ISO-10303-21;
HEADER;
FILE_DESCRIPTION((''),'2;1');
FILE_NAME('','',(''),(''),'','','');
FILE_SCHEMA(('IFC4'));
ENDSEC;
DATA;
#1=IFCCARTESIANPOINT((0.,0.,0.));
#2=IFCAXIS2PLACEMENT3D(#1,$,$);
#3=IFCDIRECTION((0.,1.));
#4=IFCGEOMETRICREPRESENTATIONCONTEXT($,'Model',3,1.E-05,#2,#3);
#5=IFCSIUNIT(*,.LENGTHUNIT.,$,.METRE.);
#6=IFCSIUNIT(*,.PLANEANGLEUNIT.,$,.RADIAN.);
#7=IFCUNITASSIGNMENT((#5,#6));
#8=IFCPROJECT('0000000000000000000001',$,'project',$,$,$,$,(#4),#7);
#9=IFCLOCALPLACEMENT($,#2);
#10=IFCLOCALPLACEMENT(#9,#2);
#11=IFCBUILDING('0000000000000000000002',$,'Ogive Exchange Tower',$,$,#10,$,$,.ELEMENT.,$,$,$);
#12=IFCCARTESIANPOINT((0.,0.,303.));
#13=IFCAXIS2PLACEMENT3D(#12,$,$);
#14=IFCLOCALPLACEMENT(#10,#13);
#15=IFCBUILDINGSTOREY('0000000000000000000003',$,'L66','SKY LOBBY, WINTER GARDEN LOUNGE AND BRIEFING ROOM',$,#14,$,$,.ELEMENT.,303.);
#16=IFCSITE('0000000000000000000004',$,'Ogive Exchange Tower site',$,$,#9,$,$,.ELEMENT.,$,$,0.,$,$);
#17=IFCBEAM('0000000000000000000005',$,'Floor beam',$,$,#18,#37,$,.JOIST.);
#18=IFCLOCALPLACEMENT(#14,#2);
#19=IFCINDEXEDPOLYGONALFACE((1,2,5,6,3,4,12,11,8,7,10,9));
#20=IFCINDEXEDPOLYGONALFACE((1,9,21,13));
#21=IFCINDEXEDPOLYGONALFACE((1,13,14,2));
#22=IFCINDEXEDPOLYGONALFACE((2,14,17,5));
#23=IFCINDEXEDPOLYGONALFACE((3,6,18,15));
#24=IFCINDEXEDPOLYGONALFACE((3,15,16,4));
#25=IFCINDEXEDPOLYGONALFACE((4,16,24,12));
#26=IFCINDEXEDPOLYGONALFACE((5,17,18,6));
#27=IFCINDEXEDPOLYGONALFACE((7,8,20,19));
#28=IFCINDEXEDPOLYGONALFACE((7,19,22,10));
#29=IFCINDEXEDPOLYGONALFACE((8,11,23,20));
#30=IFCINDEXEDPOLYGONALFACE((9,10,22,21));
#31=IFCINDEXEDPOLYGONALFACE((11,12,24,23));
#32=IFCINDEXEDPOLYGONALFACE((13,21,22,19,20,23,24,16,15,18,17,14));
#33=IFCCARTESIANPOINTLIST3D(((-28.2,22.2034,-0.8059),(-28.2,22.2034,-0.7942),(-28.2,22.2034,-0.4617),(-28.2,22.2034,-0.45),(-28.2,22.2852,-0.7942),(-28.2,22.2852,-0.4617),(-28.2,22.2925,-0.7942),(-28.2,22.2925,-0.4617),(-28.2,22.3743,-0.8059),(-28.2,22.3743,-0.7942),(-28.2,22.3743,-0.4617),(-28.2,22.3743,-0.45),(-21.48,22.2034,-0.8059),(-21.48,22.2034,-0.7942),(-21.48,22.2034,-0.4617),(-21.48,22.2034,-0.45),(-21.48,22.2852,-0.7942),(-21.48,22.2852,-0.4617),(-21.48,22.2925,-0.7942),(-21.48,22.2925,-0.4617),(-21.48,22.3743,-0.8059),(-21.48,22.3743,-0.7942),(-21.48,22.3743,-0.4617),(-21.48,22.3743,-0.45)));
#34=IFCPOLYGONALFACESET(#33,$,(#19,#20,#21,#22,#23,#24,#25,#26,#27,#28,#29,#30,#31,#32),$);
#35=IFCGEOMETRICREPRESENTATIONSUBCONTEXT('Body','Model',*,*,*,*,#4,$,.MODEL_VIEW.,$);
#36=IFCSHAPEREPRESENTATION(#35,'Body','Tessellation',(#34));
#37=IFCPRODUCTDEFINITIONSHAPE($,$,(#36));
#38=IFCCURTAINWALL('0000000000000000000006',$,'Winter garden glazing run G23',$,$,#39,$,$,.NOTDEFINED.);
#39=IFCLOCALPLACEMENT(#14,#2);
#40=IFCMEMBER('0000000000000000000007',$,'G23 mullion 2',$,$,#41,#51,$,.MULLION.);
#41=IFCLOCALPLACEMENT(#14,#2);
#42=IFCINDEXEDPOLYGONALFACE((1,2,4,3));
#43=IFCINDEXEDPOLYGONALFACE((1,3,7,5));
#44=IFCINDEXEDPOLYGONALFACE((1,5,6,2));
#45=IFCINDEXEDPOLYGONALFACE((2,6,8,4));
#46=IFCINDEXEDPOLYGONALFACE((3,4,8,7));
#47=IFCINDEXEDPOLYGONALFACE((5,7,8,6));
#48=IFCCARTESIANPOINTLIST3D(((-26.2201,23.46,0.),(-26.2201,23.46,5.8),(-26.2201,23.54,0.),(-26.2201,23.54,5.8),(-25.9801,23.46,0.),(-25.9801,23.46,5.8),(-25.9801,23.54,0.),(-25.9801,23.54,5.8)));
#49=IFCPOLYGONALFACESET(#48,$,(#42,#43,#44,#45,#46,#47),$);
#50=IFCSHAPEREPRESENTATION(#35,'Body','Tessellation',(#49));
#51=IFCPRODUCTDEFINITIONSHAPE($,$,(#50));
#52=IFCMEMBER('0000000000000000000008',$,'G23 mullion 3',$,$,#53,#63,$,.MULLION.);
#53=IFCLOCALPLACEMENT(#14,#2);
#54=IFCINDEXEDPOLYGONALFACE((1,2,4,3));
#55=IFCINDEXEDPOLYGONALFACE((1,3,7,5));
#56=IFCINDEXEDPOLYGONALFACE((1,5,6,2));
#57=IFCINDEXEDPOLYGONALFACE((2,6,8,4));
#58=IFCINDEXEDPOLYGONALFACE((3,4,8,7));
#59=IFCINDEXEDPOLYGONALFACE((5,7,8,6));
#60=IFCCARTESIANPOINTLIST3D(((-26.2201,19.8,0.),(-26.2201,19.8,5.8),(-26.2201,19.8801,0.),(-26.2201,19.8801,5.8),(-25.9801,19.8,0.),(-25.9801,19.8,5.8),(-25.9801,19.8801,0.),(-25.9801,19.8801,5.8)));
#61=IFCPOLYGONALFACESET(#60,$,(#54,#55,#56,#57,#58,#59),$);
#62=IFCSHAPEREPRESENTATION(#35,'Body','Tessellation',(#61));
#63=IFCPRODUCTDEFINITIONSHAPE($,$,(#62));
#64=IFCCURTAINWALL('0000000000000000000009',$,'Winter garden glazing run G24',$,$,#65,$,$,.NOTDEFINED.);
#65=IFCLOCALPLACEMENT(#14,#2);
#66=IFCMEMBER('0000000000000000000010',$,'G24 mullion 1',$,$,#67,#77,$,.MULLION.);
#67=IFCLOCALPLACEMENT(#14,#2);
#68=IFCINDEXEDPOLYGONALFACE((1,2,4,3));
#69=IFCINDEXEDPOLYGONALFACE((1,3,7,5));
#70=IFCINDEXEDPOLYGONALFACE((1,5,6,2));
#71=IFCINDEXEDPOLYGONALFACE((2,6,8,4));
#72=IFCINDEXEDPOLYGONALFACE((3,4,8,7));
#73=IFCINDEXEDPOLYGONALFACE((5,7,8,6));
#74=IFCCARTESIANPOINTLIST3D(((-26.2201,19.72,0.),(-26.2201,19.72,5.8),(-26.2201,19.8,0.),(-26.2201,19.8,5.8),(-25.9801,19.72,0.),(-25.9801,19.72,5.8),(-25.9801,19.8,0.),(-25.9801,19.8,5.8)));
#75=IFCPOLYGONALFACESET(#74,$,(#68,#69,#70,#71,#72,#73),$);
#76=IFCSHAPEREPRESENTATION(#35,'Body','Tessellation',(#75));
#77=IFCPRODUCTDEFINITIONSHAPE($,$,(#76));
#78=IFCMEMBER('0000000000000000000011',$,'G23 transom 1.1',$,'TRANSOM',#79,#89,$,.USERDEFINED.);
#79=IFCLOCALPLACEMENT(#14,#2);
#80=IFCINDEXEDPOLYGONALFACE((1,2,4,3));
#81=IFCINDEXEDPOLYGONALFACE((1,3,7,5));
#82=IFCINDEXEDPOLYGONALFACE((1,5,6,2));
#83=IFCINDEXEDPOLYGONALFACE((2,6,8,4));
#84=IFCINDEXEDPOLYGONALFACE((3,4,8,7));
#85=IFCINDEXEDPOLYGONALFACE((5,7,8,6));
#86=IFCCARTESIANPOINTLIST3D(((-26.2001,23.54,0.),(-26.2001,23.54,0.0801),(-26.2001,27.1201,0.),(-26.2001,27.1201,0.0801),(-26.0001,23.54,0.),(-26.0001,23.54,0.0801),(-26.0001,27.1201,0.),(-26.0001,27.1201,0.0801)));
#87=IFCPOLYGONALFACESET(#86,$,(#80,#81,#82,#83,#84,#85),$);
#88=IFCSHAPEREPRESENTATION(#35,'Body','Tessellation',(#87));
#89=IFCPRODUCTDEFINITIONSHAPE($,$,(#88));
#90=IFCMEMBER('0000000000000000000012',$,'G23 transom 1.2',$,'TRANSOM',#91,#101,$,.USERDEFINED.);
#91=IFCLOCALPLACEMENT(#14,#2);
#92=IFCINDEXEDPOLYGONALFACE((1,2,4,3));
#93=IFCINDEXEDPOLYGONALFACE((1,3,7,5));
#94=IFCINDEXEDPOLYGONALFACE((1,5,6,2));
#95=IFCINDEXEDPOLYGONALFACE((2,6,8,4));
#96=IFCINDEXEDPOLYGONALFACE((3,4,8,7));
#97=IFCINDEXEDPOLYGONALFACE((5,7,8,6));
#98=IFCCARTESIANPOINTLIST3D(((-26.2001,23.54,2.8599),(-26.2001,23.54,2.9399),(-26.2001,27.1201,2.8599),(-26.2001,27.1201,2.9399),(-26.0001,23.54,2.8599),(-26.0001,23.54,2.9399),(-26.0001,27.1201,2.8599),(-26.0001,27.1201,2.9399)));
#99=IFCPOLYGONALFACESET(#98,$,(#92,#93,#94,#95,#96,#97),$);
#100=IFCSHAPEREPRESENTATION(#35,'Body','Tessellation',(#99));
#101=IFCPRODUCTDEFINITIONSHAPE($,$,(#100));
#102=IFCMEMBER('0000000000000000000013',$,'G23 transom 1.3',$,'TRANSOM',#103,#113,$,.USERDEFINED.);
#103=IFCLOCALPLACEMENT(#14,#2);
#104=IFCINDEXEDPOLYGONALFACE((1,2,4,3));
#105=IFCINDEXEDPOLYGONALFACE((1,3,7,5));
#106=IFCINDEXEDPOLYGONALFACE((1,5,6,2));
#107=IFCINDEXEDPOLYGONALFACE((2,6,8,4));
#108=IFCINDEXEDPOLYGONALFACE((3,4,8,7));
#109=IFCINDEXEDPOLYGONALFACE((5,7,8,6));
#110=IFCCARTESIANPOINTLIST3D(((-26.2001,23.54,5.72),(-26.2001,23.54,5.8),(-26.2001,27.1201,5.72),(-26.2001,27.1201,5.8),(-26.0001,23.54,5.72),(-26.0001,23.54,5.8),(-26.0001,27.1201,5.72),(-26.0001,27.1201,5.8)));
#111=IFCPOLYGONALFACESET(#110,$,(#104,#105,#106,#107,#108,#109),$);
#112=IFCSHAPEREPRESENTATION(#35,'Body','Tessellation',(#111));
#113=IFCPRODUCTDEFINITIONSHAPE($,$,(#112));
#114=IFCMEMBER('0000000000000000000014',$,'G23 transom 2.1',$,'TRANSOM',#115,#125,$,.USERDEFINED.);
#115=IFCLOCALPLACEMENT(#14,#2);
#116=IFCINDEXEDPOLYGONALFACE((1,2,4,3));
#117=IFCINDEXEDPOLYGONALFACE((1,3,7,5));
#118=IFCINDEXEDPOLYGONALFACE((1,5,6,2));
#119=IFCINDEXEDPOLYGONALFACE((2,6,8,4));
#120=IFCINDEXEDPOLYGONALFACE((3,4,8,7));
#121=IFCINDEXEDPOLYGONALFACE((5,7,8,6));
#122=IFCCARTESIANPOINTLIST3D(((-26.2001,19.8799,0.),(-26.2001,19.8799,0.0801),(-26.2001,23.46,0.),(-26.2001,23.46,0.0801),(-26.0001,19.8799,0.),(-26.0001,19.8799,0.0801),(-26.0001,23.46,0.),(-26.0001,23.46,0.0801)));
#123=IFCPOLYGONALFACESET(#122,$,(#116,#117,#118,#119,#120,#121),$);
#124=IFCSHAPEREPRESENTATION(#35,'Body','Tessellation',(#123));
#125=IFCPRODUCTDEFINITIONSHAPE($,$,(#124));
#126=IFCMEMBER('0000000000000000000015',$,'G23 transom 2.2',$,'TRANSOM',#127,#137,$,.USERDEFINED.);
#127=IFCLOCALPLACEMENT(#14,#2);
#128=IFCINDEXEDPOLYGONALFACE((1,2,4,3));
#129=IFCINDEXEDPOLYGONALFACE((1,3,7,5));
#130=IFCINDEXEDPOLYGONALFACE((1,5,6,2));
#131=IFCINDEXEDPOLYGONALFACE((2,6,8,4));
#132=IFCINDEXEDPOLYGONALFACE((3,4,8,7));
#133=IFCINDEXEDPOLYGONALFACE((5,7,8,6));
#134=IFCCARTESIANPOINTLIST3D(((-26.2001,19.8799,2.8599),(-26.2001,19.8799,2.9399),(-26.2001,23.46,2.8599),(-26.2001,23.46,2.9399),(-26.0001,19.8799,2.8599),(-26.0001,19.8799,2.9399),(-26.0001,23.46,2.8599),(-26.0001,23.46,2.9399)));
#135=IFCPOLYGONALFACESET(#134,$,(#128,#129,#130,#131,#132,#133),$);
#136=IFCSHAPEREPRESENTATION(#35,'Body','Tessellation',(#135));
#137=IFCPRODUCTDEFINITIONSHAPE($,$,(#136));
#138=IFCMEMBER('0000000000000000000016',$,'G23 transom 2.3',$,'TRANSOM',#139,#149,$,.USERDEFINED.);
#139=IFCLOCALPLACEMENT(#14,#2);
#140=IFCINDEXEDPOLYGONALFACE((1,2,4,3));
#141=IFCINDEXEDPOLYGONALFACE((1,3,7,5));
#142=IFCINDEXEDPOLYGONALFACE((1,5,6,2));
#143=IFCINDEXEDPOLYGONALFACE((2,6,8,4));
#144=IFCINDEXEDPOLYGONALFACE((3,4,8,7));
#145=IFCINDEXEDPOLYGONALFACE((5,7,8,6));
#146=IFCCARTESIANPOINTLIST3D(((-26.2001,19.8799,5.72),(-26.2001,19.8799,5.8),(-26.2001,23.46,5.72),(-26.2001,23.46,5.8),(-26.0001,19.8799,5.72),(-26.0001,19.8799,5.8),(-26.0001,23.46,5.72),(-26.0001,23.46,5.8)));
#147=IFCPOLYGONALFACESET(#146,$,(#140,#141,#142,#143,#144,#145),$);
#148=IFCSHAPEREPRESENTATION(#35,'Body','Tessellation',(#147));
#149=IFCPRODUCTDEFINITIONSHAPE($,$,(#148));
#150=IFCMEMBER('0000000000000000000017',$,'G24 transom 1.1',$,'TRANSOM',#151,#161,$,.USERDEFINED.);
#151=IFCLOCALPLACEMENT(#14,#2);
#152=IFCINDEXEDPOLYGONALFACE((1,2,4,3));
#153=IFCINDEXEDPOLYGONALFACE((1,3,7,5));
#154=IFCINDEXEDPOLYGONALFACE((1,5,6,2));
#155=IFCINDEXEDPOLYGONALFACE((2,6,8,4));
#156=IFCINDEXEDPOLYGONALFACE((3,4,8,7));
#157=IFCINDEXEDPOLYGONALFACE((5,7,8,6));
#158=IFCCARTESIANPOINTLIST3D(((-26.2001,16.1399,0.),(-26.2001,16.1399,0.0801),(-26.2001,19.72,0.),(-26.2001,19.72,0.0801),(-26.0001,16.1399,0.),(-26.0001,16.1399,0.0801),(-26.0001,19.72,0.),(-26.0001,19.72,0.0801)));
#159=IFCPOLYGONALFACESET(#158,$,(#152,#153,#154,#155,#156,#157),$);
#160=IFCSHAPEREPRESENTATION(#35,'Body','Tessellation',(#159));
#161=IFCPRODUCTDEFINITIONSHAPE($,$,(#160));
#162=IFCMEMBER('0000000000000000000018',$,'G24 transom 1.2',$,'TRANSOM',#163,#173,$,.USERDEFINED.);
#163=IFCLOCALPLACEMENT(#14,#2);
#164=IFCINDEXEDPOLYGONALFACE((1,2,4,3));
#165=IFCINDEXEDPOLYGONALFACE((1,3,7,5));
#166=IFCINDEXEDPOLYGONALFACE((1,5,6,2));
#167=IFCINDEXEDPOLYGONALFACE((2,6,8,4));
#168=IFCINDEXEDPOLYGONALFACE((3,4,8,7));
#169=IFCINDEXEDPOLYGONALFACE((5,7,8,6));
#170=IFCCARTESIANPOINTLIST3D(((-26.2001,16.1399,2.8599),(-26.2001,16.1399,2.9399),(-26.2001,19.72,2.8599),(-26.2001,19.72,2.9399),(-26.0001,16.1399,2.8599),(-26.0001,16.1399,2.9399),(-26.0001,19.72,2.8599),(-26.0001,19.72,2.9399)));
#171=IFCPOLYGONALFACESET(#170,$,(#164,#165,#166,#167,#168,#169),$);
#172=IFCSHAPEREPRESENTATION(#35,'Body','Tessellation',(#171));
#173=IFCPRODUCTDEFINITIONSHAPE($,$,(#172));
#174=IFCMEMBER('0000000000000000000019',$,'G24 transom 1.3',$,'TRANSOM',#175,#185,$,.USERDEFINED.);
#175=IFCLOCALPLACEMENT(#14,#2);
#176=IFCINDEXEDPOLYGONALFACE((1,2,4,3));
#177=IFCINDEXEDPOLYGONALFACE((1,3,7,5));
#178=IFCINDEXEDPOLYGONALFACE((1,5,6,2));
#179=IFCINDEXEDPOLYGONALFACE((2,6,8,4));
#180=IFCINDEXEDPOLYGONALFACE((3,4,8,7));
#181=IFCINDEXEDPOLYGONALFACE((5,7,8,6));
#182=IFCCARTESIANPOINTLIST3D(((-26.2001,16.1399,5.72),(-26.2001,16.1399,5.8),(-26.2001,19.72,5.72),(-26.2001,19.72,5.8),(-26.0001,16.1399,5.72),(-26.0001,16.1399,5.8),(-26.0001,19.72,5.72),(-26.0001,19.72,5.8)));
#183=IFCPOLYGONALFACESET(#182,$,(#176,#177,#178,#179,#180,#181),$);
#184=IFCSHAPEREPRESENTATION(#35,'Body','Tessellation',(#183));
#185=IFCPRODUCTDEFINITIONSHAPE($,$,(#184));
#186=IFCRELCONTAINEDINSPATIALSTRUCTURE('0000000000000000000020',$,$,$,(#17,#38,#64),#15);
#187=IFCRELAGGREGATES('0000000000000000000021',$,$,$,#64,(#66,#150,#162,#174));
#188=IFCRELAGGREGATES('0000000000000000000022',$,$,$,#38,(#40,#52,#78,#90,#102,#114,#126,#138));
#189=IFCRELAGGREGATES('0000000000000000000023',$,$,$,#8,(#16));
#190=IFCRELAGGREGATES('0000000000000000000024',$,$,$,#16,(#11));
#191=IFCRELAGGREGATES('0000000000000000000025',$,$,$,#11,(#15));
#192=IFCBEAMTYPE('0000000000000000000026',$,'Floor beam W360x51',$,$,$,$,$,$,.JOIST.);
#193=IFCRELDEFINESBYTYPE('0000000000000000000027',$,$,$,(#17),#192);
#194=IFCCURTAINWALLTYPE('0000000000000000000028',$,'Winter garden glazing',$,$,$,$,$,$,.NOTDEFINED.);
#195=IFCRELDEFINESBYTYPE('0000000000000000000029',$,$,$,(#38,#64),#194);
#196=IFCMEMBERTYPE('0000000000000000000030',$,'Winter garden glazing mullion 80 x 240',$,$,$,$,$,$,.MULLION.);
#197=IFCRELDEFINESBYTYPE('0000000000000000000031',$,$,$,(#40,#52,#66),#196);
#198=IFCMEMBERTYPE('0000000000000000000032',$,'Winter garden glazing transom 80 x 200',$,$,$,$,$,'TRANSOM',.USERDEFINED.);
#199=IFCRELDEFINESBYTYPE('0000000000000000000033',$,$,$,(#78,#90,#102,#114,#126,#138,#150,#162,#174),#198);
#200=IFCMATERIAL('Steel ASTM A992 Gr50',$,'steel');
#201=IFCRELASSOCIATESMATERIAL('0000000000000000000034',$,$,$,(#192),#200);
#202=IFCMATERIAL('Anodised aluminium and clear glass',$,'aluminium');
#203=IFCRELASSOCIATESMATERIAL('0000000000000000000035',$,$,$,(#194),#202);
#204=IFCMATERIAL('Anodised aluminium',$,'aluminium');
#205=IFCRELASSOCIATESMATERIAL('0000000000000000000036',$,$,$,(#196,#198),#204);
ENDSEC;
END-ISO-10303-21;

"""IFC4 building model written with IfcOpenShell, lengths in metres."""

from ifc_helpers import new_model, si_unit, direction, frame, origin, origin_2d, place, context, subcontext, project, spatial, rectangle, i_section, extrude, material, material_profile, profile_set, type_object, element, aggregate, save


model = new_model("IFC4")

# Units and contexts
model_context = context("Model", 3, precision=1e-05, world=origin(), true_north=direction((0.0, 1.0)))
body_context = subcontext(model_context, "Body", "Model", "MODEL_VIEW")
ifc_project = project(units=[si_unit("LENGTHUNIT", "METRE"), si_unit("PLANEANGLEUNIT", "RADIAN")], contexts=[model_context])

# Site, building, storey
site_placement = place(None, origin())
site = spatial("IfcSite", under=ifc_project, at=site_placement, Name="Ogive Exchange Tower site", CompositionType="ELEMENT", RefElevation=0.0)
building_placement = place(site_placement, origin())
building = spatial("IfcBuilding", under=site, at=building_placement, Name="Ogive Exchange Tower", CompositionType="ELEMENT")
storey_placement = place(building_placement, frame((0.0, 0.0, 303.0)))
storey = spatial("IfcBuildingStorey", under=building, at=storey_placement, Name="L66", Description="SKY LOBBY, WINTER GARDEN LOUNGE AND BRIEFING ROOM", CompositionType="ELEMENT", Elevation=303.0)

# Beam
ifc_material_1 = material(Name="Steel ASTM A992 Gr50", Category="steel")
ifc_material_profile_1 = material_profile(ifc_material_1, i_section(OverallWidth=0.1709, OverallDepth=0.356, WebThickness=0.0073, FlangeThickness=0.0117, at=origin_2d()), Name="W360x51")
ifc_profile_set_1 = profile_set([ifc_material_profile_1], Name="Steel ASTM A992 Gr50")
beam_type = type_object("IfcBeamType", Name="Floor beam W360x51", PredefinedType="JOIST", material=ifc_profile_set_1)
beam_placement = place(storey_placement, frame((-28.2, 22.2888, -0.6279), z_axis=(1.0, 0.0, 0.0), x_axis=(0.0, 1.0, 0.0)))
element("IfcBeam", 1, at=beam_placement, inside=storey, type_object=beam_type, Name="Floor beam", PredefinedType="JOIST", context=body_context, shape_type="SweptSolid", body=[
    extrude(i_section(OverallWidth=0.1709, OverallDepth=0.356, WebThickness=0.0073, FlangeThickness=0.0117, at=origin_2d()), origin(), (0.0, 0.0, 1.0), 6.72),
])

# Curtain wall, members
ifc_material_2 = material(Name="Anodised aluminium and clear glass", Category="aluminium")
curtain_wall_type = type_object("IfcCurtainWallType", Name="Winter garden glazing", PredefinedType="NOTDEFINED", material=ifc_material_2)
curtain_wall_1_placement = place(storey_placement, origin())
curtain_wall_1 = element("IfcCurtainWall", 2, at=curtain_wall_1_placement, inside=storey, type_object=curtain_wall_type, Name="Winter garden glazing run G23", PredefinedType="NOTDEFINED")
ifc_material_3 = material(Name="Anodised aluminium", Category="aluminium")
ifc_material_profile_2 = material_profile(ifc_material_3, rectangle(XDim=0.24, YDim=0.0801, at=origin_2d()), Name="AL 80x240")
ifc_profile_set_2 = profile_set([ifc_material_profile_2], Name="Anodised aluminium")
member_type_1 = type_object("IfcMemberType", Name="Winter garden glazing mullion 80 x 240", PredefinedType="MULLION", material=ifc_profile_set_2)
member_1_placement = place(storey_placement, frame((-26.1001, 23.5, 0.0), z_axis=(0.0, 0.0, 1.0), x_axis=(1.0, 0.0, 0.0)))
member_1 = element("IfcMember", 3, at=member_1_placement, type_object=member_type_1, Name="G23 mullion 2", PredefinedType="MULLION", context=body_context, shape_type="SweptSolid", body=[
    extrude(rectangle(XDim=0.24, YDim=0.0801, at=origin_2d()), origin(), (0.0, 0.0, 1.0), 5.8),
])
member_2_placement = place(storey_placement, frame((-26.1001, 19.8401, 0.0), z_axis=(0.0, 0.0, 1.0), x_axis=(1.0, 0.0, 0.0)))
member_2 = element("IfcMember", 4, at=member_2_placement, type_object=member_type_1, Name="G23 mullion 3", PredefinedType="MULLION", context=body_context, shape_type="SweptSolid", body=[
    extrude(rectangle(XDim=0.24, YDim=0.0801, at=origin_2d()), origin(), (0.0, 0.0, 1.0), 5.8),
])

# Curtain wall, member
curtain_wall_2_placement = place(storey_placement, origin())
curtain_wall_2 = element("IfcCurtainWall", 5, at=curtain_wall_2_placement, inside=storey, type_object=curtain_wall_type, Name="Winter garden glazing run G24", PredefinedType="NOTDEFINED")
member_3_placement = place(storey_placement, frame((-26.1001, 19.76, 0.0), z_axis=(0.0, 0.0, 1.0), x_axis=(1.0, 0.0, 0.0)))
member_3 = element("IfcMember", 6, at=member_3_placement, type_object=member_type_1, Name="G24 mullion 1", PredefinedType="MULLION", context=body_context, shape_type="SweptSolid", body=[
    extrude(rectangle(XDim=0.24, YDim=0.0801, at=origin_2d()), origin(), (0.0, 0.0, 1.0), 5.8),
])

# Members
ifc_material_profile_3 = material_profile(ifc_material_3, rectangle(XDim=0.2, YDim=0.0801, at=origin_2d()), Name="AL 80x200")
ifc_profile_set_3 = profile_set([ifc_material_profile_3], Name="Anodised aluminium")
member_type_2 = type_object("IfcMemberType", Name="Winter garden glazing transom 80 x 200", ElementType="TRANSOM", PredefinedType="USERDEFINED", material=ifc_profile_set_3)
member_4_placement = place(storey_placement, frame((-26.1001, 27.1201, 0.04), z_axis=(0.0, -1.0, 0.0), x_axis=(1.0, 0.0, 0.0)))
member_4 = element("IfcMember", 7, at=member_4_placement, type_object=member_type_2, Name="G23 transom 1.1", ObjectType="TRANSOM", PredefinedType="USERDEFINED", context=body_context, shape_type="SweptSolid", body=[
    extrude(rectangle(XDim=0.2, YDim=0.0801, at=origin_2d()), origin(), (0.0, 0.0, 1.0), 3.5801),
])
member_5_placement = place(storey_placement, frame((-26.1001, 27.1201, 2.8999), z_axis=(0.0, -1.0, 0.0), x_axis=(1.0, 0.0, 0.0)))
member_5 = element("IfcMember", 8, at=member_5_placement, type_object=member_type_2, Name="G23 transom 1.2", ObjectType="TRANSOM", PredefinedType="USERDEFINED", context=body_context, shape_type="SweptSolid", body=[
    extrude(rectangle(XDim=0.2, YDim=0.0801, at=origin_2d()), origin(), (0.0, 0.0, 1.0), 3.5801),
])
member_6_placement = place(storey_placement, frame((-26.1001, 27.1201, 5.76), z_axis=(0.0, -1.0, 0.0), x_axis=(1.0, 0.0, 0.0)))
member_6 = element("IfcMember", 9, at=member_6_placement, type_object=member_type_2, Name="G23 transom 1.3", ObjectType="TRANSOM", PredefinedType="USERDEFINED", context=body_context, shape_type="SweptSolid", body=[
    extrude(rectangle(XDim=0.2, YDim=0.0801, at=origin_2d()), origin(), (0.0, 0.0, 1.0), 3.5801),
])
member_7_placement = place(storey_placement, frame((-26.1001, 23.46, 0.04), z_axis=(0.0, -1.0, 0.0), x_axis=(1.0, 0.0, 0.0)))
member_7 = element("IfcMember", 10, at=member_7_placement, type_object=member_type_2, Name="G23 transom 2.1", ObjectType="TRANSOM", PredefinedType="USERDEFINED", context=body_context, shape_type="SweptSolid", body=[
    extrude(rectangle(XDim=0.2, YDim=0.0801, at=origin_2d()), origin(), (0.0, 0.0, 1.0), 3.5801),
])
member_8_placement = place(storey_placement, frame((-26.1001, 23.46, 2.8999), z_axis=(0.0, -1.0, 0.0), x_axis=(1.0, 0.0, 0.0)))
member_8 = element("IfcMember", 11, at=member_8_placement, type_object=member_type_2, Name="G23 transom 2.2", ObjectType="TRANSOM", PredefinedType="USERDEFINED", context=body_context, shape_type="SweptSolid", body=[
    extrude(rectangle(XDim=0.2, YDim=0.0801, at=origin_2d()), origin(), (0.0, 0.0, 1.0), 3.5801),
])
member_9_placement = place(storey_placement, frame((-26.1001, 23.46, 5.76), z_axis=(0.0, -1.0, 0.0), x_axis=(1.0, 0.0, 0.0)))
member_9 = element("IfcMember", 12, at=member_9_placement, type_object=member_type_2, Name="G23 transom 2.3", ObjectType="TRANSOM", PredefinedType="USERDEFINED", context=body_context, shape_type="SweptSolid", body=[
    extrude(rectangle(XDim=0.2, YDim=0.0801, at=origin_2d()), origin(), (0.0, 0.0, 1.0), 3.5801),
])
member_10_placement = place(storey_placement, frame((-26.1001, 19.72, 0.04), z_axis=(0.0, -1.0, 0.0), x_axis=(1.0, 0.0, 0.0)))
member_10 = element("IfcMember", 13, at=member_10_placement, type_object=member_type_2, Name="G24 transom 1.1", ObjectType="TRANSOM", PredefinedType="USERDEFINED", context=body_context, shape_type="SweptSolid", body=[
    extrude(rectangle(XDim=0.2, YDim=0.0801, at=origin_2d()), origin(), (0.0, 0.0, 1.0), 3.5801),
])
member_11_placement = place(storey_placement, frame((-26.1001, 19.72, 2.8999), z_axis=(0.0, -1.0, 0.0), x_axis=(1.0, 0.0, 0.0)))
member_11 = element("IfcMember", 14, at=member_11_placement, type_object=member_type_2, Name="G24 transom 1.2", ObjectType="TRANSOM", PredefinedType="USERDEFINED", context=body_context, shape_type="SweptSolid", body=[
    extrude(rectangle(XDim=0.2, YDim=0.0801, at=origin_2d()), origin(), (0.0, 0.0, 1.0), 3.5801),
])
member_12_placement = place(storey_placement, frame((-26.1001, 19.72, 5.76), z_axis=(0.0, -1.0, 0.0), x_axis=(1.0, 0.0, 0.0)))
member_12 = element("IfcMember", 15, at=member_12_placement, type_object=member_type_2, Name="G24 transom 1.3", ObjectType="TRANSOM", PredefinedType="USERDEFINED", context=body_context, shape_type="SweptSolid", body=[
    extrude(rectangle(XDim=0.2, YDim=0.0801, at=origin_2d()), origin(), (0.0, 0.0, 1.0), 3.5801),
])
aggregate(curtain_wall_2, [member_3, member_10, member_11, member_12])

aggregate(curtain_wall_1, [member_1, member_2, member_4, member_5, member_6, member_7, member_8, member_9])

save(model, "model.ifc")
